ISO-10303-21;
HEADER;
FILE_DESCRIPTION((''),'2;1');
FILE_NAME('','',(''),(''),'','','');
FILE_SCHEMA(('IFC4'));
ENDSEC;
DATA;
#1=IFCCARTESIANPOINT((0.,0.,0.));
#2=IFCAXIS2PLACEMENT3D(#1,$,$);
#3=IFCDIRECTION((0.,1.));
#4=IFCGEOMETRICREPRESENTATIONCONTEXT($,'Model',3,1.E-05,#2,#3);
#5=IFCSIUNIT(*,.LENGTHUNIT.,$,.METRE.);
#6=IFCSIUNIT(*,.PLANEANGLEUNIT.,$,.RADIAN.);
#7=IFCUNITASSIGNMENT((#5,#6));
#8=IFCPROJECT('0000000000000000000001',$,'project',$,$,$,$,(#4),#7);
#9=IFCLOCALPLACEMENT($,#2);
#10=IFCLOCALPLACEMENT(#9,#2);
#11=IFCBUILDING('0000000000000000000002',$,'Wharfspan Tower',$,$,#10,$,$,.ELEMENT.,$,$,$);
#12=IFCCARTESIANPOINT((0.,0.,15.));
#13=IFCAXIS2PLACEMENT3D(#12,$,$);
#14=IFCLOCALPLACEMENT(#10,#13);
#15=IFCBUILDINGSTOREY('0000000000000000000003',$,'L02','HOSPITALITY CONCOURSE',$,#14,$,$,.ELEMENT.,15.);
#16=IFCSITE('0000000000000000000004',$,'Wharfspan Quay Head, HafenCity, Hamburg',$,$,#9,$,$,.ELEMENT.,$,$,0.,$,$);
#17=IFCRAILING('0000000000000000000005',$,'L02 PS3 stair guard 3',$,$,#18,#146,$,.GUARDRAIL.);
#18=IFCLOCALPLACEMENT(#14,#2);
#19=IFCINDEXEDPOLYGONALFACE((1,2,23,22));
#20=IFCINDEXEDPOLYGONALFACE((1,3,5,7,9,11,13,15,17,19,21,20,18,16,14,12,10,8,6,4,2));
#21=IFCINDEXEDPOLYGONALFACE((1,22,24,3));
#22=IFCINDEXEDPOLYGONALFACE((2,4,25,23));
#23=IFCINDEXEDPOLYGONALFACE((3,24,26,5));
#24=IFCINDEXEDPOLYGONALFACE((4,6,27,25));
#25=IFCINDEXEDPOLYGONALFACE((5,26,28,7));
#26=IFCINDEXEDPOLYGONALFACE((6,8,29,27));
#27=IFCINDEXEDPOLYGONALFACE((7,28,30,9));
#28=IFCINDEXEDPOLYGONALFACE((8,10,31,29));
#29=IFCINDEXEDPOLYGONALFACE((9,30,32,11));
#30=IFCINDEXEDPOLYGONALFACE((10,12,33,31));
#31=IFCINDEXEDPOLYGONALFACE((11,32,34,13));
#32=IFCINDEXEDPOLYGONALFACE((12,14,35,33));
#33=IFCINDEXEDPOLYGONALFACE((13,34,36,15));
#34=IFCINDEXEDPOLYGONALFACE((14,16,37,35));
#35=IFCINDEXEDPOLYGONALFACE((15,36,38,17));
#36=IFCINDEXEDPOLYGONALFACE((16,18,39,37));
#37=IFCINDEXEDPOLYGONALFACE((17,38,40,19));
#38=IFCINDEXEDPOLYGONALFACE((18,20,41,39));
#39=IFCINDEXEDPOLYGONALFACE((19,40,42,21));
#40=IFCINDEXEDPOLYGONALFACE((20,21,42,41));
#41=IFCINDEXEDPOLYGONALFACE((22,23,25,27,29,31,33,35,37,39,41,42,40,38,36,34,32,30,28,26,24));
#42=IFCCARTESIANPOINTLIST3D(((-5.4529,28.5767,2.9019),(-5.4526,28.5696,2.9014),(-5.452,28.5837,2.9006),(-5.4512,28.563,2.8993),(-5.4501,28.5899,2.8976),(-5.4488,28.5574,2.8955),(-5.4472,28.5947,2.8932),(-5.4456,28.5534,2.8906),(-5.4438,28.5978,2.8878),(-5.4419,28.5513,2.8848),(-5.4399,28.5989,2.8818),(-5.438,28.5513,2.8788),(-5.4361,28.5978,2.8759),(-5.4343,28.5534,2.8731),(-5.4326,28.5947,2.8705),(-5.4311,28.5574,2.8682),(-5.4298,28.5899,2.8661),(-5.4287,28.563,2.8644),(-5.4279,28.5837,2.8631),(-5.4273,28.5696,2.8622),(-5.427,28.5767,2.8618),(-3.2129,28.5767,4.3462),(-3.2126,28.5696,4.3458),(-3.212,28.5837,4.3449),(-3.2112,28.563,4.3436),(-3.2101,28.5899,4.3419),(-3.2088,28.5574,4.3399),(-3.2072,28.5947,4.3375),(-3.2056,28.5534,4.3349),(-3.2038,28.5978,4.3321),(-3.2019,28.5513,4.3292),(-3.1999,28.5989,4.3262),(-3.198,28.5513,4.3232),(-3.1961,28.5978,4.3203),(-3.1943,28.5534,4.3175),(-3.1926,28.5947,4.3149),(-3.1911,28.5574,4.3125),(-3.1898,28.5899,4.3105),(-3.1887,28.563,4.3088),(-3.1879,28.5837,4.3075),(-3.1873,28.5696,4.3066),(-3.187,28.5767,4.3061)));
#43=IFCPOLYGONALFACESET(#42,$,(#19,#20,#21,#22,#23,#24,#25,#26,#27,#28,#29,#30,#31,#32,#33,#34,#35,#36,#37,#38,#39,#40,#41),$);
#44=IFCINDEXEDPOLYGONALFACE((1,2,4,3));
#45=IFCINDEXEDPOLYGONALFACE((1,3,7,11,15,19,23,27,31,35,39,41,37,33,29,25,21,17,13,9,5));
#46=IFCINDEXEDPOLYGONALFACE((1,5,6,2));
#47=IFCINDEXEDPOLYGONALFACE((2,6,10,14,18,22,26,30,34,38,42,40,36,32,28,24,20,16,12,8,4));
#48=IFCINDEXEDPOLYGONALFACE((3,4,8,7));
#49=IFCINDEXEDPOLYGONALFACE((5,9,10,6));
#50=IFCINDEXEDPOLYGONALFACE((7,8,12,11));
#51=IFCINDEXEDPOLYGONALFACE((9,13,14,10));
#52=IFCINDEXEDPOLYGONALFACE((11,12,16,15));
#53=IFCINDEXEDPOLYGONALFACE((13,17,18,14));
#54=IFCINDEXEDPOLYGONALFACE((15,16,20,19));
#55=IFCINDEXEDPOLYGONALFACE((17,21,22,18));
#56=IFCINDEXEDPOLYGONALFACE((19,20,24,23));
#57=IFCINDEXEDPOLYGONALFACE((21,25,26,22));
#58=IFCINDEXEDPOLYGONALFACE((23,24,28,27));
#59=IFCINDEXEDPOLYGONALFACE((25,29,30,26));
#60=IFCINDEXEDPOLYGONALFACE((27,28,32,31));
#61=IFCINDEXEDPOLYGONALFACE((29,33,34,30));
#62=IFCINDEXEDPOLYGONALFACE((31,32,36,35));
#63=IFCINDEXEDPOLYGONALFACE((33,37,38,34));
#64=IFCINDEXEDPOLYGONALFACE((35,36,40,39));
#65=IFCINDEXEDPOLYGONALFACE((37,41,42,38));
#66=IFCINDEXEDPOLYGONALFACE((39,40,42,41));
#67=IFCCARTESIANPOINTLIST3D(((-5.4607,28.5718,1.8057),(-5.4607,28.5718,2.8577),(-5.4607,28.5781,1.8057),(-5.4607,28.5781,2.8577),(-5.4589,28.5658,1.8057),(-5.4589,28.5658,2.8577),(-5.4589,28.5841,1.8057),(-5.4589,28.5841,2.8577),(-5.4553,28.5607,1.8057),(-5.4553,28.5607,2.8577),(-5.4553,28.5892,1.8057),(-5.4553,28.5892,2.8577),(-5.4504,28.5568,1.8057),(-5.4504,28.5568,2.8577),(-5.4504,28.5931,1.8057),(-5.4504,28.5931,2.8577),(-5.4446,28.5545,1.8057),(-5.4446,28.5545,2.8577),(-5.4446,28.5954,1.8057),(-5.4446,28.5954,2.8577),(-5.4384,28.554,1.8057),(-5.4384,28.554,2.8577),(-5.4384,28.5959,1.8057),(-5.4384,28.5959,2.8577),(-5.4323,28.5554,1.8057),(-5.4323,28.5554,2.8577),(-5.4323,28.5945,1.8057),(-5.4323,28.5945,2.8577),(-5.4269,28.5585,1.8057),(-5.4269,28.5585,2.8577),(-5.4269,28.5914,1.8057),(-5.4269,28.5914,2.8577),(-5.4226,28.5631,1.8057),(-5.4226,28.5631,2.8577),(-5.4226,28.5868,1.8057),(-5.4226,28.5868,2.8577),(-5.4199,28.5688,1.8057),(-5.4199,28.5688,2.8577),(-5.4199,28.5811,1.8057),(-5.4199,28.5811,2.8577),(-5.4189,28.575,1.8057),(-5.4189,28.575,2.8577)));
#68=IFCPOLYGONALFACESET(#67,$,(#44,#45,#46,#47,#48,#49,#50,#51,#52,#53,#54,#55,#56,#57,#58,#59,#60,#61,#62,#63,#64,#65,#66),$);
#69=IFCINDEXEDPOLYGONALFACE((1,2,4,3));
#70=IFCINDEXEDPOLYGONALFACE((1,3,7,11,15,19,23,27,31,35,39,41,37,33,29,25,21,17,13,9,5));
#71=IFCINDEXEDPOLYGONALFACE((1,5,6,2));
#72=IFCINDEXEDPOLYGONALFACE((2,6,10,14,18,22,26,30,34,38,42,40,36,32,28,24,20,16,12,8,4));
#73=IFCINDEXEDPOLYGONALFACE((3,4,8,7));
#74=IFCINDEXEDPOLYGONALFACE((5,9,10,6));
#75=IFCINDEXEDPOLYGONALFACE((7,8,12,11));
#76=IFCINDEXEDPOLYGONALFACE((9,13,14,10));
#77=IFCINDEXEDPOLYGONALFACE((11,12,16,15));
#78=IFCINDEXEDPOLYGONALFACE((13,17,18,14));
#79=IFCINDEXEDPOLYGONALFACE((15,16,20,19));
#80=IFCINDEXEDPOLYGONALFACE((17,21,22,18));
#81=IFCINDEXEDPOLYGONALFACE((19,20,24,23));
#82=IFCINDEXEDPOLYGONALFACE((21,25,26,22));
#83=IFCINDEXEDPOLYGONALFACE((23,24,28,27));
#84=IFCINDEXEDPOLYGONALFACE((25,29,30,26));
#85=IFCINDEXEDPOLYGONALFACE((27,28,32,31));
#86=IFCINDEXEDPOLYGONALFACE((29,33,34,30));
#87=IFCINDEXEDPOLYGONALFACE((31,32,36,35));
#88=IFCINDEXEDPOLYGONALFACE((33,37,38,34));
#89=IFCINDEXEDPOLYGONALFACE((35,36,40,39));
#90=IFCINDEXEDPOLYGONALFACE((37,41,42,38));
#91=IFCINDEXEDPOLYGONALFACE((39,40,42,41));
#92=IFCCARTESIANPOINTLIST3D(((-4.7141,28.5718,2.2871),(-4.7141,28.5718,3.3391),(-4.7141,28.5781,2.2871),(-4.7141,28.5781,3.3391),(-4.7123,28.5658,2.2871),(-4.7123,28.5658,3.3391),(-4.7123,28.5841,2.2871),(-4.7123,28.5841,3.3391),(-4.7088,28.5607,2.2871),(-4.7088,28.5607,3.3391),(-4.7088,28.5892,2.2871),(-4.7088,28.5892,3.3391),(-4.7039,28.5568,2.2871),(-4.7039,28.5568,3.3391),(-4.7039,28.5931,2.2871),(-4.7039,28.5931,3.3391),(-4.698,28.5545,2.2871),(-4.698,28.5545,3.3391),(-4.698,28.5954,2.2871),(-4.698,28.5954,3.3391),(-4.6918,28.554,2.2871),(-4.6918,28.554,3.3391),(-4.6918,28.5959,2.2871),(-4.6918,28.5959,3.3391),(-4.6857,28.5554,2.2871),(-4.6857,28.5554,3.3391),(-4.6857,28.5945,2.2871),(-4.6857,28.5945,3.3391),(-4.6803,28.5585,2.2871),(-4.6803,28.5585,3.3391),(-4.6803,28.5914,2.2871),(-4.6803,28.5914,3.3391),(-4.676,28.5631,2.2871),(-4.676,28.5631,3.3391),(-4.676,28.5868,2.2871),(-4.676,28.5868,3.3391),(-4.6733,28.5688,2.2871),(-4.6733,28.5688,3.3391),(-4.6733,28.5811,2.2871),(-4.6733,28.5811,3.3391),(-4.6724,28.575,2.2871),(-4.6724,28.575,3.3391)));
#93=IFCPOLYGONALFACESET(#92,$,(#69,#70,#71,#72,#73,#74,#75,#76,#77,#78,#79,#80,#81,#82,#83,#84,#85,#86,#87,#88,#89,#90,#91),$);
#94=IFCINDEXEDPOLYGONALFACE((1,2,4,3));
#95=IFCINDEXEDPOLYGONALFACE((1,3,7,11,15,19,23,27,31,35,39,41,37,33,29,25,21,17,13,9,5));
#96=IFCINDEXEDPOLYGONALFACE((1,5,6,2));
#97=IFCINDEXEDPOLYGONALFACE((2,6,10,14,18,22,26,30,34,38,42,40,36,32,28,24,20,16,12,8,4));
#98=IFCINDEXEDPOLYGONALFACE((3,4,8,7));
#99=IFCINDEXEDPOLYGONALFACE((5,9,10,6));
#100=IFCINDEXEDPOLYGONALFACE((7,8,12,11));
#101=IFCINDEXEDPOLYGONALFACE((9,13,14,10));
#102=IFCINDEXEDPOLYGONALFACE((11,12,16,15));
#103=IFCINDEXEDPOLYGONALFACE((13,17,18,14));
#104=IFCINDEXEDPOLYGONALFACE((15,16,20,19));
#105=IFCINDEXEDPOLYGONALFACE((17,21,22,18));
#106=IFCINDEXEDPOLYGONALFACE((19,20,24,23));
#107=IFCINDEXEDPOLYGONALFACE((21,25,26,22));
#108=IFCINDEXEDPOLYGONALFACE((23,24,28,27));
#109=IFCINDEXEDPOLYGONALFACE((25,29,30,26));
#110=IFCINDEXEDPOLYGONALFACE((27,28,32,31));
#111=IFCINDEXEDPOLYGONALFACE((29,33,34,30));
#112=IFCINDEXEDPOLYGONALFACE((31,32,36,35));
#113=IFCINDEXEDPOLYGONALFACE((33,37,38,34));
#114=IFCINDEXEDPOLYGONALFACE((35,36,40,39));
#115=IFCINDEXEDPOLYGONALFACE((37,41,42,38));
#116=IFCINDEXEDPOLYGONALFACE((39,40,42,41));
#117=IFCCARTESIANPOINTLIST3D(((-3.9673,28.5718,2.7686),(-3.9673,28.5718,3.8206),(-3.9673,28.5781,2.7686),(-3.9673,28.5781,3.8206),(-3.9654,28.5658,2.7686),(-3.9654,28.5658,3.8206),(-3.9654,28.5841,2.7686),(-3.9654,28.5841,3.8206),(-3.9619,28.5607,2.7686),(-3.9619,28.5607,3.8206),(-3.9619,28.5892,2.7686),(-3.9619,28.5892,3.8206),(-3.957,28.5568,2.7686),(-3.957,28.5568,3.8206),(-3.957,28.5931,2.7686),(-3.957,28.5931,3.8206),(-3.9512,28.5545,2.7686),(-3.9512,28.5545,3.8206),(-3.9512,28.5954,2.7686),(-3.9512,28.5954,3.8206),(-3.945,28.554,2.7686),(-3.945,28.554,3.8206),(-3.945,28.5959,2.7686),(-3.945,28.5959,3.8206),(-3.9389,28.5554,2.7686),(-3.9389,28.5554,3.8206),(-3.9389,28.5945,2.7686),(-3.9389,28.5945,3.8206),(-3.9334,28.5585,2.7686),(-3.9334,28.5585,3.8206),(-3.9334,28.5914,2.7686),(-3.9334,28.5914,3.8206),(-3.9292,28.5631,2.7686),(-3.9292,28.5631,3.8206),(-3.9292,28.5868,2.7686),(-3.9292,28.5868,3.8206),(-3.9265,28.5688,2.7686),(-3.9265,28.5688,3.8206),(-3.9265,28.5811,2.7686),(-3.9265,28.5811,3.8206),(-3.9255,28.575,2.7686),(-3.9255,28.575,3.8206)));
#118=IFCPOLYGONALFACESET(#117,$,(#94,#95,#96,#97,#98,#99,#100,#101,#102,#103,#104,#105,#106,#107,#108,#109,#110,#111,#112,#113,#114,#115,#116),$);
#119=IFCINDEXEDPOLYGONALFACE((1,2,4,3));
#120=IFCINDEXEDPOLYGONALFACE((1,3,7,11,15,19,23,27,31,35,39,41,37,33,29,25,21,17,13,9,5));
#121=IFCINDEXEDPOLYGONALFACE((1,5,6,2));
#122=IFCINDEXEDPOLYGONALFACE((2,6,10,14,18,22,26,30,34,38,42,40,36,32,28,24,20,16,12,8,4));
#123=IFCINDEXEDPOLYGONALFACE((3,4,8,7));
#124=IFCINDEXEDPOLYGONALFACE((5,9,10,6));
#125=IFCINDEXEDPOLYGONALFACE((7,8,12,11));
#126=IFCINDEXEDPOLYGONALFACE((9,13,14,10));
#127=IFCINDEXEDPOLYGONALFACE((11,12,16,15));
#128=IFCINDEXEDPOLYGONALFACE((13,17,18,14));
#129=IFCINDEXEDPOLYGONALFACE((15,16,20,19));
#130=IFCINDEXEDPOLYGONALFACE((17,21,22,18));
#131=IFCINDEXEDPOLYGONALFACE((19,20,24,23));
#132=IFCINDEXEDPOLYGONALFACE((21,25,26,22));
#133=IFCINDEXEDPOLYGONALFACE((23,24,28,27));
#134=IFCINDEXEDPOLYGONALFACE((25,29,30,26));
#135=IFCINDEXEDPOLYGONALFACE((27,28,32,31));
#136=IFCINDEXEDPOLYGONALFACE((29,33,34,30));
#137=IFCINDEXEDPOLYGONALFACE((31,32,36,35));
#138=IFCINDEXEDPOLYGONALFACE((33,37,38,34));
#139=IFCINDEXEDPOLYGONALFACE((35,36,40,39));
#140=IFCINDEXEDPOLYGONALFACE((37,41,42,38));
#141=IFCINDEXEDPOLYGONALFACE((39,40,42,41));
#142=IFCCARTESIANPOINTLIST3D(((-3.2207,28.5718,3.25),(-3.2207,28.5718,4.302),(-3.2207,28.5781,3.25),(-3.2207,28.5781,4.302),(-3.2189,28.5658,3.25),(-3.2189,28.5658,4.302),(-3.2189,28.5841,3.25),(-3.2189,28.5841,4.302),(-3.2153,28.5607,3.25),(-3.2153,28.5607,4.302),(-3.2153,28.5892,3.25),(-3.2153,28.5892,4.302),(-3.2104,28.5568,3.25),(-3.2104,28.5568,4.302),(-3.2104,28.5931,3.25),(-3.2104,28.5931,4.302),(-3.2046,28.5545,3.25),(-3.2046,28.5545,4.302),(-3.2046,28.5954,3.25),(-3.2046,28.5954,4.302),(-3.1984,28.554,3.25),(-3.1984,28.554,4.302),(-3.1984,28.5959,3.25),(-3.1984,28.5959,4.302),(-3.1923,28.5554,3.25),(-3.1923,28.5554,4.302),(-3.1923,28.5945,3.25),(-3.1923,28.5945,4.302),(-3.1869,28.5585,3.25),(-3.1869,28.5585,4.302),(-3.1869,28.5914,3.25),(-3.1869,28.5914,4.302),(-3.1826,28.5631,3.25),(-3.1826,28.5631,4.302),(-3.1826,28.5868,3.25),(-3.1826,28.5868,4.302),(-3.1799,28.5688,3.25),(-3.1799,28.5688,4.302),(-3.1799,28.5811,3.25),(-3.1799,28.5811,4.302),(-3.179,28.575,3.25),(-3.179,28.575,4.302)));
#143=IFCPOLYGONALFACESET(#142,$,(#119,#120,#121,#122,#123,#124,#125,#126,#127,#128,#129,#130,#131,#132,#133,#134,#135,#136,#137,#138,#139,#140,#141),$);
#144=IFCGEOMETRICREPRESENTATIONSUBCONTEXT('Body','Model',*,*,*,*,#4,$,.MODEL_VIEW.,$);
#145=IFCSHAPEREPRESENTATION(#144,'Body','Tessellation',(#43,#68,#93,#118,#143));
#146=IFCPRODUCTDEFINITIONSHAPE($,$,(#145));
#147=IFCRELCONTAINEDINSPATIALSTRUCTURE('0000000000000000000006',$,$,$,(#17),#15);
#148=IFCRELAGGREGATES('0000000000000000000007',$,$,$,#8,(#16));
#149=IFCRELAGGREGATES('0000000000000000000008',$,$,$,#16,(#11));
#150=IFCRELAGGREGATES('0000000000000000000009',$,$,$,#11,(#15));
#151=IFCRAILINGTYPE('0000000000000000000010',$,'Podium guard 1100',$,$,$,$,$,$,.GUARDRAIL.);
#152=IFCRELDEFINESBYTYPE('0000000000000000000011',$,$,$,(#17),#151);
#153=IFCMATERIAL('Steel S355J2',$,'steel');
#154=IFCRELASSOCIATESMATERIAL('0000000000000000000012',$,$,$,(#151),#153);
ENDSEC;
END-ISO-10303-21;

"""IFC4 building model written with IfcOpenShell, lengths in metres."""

from ifc_helpers import new_model, si_unit, direction, frame, origin, origin_2d, place, context, subcontext, project, spatial, circle, extrude, material, type_object, element, save


model = new_model("IFC4")

# Units and contexts
model_context = context("Model", 3, precision=1e-05, world=origin(), true_north=direction((0.0, 1.0)))
body_context = subcontext(model_context, "Body", "Model", "MODEL_VIEW")
ifc_project = project(units=[si_unit("LENGTHUNIT", "METRE"), si_unit("PLANEANGLEUNIT", "RADIAN")], contexts=[model_context])

# Site, building, storey
site_placement = place(None, origin())
site = spatial("IfcSite", under=ifc_project, at=site_placement, Name="Wharfspan Quay Head, HafenCity, Hamburg", CompositionType="ELEMENT", RefElevation=0.0)
building_placement = place(site_placement, origin())
building = spatial("IfcBuilding", under=site, at=building_placement, Name="Wharfspan Tower", CompositionType="ELEMENT")
storey_placement = place(building_placement, frame((0.0, 0.0, 15.0)))
storey = spatial("IfcBuildingStorey", under=building, at=storey_placement, Name="L02", Description="HOSPITALITY CONCOURSE", CompositionType="ELEMENT", Elevation=15.0)

# Railing
ifc_material_1 = material(Name="Steel S355J2", Category="steel")
railing_type_1 = type_object("IfcRailingType", Name="Podium guard 1100", PredefinedType="GUARDRAIL", material=ifc_material_1)
railing_1_placement = place(storey_placement, frame((-5.4399, 28.575, 1.8057)))
element("IfcRailing", 1, at=railing_1_placement, inside=storey, type_object=railing_type_1, Name="L02 PS3 stair guard 3", PredefinedType="GUARDRAIL", context=body_context, shape_type="SweptSolid", body=[
    extrude(circle(Radius=0.0239, at=origin_2d()), frame((0.0, 0.0, 1.0762), z_axis=(0.840437, 0.0, 0.54191), x_axis=(0.0, 1.0, 0.0)), (0.0, 0.0, 1.0), 2.6653),
    extrude(circle(Radius=0.021, at=origin_2d()), origin(), (0.0, 0.0, 1.0), 1.052),
    extrude(circle(Radius=0.021, at=origin_2d()), frame((0.7466, 0.0, 0.4814)), (0.0, 0.0, 1.0), 1.052),
    extrude(circle(Radius=0.021, at=origin_2d()), frame((1.4934, 0.0, 0.9629)), (0.0, 0.0, 1.0), 1.052),
    extrude(circle(Radius=0.021, at=origin_2d()), frame((2.24, 0.0, 1.4443)), (0.0, 0.0, 1.0), 1.052),
])

save(model, "model.ifc")
